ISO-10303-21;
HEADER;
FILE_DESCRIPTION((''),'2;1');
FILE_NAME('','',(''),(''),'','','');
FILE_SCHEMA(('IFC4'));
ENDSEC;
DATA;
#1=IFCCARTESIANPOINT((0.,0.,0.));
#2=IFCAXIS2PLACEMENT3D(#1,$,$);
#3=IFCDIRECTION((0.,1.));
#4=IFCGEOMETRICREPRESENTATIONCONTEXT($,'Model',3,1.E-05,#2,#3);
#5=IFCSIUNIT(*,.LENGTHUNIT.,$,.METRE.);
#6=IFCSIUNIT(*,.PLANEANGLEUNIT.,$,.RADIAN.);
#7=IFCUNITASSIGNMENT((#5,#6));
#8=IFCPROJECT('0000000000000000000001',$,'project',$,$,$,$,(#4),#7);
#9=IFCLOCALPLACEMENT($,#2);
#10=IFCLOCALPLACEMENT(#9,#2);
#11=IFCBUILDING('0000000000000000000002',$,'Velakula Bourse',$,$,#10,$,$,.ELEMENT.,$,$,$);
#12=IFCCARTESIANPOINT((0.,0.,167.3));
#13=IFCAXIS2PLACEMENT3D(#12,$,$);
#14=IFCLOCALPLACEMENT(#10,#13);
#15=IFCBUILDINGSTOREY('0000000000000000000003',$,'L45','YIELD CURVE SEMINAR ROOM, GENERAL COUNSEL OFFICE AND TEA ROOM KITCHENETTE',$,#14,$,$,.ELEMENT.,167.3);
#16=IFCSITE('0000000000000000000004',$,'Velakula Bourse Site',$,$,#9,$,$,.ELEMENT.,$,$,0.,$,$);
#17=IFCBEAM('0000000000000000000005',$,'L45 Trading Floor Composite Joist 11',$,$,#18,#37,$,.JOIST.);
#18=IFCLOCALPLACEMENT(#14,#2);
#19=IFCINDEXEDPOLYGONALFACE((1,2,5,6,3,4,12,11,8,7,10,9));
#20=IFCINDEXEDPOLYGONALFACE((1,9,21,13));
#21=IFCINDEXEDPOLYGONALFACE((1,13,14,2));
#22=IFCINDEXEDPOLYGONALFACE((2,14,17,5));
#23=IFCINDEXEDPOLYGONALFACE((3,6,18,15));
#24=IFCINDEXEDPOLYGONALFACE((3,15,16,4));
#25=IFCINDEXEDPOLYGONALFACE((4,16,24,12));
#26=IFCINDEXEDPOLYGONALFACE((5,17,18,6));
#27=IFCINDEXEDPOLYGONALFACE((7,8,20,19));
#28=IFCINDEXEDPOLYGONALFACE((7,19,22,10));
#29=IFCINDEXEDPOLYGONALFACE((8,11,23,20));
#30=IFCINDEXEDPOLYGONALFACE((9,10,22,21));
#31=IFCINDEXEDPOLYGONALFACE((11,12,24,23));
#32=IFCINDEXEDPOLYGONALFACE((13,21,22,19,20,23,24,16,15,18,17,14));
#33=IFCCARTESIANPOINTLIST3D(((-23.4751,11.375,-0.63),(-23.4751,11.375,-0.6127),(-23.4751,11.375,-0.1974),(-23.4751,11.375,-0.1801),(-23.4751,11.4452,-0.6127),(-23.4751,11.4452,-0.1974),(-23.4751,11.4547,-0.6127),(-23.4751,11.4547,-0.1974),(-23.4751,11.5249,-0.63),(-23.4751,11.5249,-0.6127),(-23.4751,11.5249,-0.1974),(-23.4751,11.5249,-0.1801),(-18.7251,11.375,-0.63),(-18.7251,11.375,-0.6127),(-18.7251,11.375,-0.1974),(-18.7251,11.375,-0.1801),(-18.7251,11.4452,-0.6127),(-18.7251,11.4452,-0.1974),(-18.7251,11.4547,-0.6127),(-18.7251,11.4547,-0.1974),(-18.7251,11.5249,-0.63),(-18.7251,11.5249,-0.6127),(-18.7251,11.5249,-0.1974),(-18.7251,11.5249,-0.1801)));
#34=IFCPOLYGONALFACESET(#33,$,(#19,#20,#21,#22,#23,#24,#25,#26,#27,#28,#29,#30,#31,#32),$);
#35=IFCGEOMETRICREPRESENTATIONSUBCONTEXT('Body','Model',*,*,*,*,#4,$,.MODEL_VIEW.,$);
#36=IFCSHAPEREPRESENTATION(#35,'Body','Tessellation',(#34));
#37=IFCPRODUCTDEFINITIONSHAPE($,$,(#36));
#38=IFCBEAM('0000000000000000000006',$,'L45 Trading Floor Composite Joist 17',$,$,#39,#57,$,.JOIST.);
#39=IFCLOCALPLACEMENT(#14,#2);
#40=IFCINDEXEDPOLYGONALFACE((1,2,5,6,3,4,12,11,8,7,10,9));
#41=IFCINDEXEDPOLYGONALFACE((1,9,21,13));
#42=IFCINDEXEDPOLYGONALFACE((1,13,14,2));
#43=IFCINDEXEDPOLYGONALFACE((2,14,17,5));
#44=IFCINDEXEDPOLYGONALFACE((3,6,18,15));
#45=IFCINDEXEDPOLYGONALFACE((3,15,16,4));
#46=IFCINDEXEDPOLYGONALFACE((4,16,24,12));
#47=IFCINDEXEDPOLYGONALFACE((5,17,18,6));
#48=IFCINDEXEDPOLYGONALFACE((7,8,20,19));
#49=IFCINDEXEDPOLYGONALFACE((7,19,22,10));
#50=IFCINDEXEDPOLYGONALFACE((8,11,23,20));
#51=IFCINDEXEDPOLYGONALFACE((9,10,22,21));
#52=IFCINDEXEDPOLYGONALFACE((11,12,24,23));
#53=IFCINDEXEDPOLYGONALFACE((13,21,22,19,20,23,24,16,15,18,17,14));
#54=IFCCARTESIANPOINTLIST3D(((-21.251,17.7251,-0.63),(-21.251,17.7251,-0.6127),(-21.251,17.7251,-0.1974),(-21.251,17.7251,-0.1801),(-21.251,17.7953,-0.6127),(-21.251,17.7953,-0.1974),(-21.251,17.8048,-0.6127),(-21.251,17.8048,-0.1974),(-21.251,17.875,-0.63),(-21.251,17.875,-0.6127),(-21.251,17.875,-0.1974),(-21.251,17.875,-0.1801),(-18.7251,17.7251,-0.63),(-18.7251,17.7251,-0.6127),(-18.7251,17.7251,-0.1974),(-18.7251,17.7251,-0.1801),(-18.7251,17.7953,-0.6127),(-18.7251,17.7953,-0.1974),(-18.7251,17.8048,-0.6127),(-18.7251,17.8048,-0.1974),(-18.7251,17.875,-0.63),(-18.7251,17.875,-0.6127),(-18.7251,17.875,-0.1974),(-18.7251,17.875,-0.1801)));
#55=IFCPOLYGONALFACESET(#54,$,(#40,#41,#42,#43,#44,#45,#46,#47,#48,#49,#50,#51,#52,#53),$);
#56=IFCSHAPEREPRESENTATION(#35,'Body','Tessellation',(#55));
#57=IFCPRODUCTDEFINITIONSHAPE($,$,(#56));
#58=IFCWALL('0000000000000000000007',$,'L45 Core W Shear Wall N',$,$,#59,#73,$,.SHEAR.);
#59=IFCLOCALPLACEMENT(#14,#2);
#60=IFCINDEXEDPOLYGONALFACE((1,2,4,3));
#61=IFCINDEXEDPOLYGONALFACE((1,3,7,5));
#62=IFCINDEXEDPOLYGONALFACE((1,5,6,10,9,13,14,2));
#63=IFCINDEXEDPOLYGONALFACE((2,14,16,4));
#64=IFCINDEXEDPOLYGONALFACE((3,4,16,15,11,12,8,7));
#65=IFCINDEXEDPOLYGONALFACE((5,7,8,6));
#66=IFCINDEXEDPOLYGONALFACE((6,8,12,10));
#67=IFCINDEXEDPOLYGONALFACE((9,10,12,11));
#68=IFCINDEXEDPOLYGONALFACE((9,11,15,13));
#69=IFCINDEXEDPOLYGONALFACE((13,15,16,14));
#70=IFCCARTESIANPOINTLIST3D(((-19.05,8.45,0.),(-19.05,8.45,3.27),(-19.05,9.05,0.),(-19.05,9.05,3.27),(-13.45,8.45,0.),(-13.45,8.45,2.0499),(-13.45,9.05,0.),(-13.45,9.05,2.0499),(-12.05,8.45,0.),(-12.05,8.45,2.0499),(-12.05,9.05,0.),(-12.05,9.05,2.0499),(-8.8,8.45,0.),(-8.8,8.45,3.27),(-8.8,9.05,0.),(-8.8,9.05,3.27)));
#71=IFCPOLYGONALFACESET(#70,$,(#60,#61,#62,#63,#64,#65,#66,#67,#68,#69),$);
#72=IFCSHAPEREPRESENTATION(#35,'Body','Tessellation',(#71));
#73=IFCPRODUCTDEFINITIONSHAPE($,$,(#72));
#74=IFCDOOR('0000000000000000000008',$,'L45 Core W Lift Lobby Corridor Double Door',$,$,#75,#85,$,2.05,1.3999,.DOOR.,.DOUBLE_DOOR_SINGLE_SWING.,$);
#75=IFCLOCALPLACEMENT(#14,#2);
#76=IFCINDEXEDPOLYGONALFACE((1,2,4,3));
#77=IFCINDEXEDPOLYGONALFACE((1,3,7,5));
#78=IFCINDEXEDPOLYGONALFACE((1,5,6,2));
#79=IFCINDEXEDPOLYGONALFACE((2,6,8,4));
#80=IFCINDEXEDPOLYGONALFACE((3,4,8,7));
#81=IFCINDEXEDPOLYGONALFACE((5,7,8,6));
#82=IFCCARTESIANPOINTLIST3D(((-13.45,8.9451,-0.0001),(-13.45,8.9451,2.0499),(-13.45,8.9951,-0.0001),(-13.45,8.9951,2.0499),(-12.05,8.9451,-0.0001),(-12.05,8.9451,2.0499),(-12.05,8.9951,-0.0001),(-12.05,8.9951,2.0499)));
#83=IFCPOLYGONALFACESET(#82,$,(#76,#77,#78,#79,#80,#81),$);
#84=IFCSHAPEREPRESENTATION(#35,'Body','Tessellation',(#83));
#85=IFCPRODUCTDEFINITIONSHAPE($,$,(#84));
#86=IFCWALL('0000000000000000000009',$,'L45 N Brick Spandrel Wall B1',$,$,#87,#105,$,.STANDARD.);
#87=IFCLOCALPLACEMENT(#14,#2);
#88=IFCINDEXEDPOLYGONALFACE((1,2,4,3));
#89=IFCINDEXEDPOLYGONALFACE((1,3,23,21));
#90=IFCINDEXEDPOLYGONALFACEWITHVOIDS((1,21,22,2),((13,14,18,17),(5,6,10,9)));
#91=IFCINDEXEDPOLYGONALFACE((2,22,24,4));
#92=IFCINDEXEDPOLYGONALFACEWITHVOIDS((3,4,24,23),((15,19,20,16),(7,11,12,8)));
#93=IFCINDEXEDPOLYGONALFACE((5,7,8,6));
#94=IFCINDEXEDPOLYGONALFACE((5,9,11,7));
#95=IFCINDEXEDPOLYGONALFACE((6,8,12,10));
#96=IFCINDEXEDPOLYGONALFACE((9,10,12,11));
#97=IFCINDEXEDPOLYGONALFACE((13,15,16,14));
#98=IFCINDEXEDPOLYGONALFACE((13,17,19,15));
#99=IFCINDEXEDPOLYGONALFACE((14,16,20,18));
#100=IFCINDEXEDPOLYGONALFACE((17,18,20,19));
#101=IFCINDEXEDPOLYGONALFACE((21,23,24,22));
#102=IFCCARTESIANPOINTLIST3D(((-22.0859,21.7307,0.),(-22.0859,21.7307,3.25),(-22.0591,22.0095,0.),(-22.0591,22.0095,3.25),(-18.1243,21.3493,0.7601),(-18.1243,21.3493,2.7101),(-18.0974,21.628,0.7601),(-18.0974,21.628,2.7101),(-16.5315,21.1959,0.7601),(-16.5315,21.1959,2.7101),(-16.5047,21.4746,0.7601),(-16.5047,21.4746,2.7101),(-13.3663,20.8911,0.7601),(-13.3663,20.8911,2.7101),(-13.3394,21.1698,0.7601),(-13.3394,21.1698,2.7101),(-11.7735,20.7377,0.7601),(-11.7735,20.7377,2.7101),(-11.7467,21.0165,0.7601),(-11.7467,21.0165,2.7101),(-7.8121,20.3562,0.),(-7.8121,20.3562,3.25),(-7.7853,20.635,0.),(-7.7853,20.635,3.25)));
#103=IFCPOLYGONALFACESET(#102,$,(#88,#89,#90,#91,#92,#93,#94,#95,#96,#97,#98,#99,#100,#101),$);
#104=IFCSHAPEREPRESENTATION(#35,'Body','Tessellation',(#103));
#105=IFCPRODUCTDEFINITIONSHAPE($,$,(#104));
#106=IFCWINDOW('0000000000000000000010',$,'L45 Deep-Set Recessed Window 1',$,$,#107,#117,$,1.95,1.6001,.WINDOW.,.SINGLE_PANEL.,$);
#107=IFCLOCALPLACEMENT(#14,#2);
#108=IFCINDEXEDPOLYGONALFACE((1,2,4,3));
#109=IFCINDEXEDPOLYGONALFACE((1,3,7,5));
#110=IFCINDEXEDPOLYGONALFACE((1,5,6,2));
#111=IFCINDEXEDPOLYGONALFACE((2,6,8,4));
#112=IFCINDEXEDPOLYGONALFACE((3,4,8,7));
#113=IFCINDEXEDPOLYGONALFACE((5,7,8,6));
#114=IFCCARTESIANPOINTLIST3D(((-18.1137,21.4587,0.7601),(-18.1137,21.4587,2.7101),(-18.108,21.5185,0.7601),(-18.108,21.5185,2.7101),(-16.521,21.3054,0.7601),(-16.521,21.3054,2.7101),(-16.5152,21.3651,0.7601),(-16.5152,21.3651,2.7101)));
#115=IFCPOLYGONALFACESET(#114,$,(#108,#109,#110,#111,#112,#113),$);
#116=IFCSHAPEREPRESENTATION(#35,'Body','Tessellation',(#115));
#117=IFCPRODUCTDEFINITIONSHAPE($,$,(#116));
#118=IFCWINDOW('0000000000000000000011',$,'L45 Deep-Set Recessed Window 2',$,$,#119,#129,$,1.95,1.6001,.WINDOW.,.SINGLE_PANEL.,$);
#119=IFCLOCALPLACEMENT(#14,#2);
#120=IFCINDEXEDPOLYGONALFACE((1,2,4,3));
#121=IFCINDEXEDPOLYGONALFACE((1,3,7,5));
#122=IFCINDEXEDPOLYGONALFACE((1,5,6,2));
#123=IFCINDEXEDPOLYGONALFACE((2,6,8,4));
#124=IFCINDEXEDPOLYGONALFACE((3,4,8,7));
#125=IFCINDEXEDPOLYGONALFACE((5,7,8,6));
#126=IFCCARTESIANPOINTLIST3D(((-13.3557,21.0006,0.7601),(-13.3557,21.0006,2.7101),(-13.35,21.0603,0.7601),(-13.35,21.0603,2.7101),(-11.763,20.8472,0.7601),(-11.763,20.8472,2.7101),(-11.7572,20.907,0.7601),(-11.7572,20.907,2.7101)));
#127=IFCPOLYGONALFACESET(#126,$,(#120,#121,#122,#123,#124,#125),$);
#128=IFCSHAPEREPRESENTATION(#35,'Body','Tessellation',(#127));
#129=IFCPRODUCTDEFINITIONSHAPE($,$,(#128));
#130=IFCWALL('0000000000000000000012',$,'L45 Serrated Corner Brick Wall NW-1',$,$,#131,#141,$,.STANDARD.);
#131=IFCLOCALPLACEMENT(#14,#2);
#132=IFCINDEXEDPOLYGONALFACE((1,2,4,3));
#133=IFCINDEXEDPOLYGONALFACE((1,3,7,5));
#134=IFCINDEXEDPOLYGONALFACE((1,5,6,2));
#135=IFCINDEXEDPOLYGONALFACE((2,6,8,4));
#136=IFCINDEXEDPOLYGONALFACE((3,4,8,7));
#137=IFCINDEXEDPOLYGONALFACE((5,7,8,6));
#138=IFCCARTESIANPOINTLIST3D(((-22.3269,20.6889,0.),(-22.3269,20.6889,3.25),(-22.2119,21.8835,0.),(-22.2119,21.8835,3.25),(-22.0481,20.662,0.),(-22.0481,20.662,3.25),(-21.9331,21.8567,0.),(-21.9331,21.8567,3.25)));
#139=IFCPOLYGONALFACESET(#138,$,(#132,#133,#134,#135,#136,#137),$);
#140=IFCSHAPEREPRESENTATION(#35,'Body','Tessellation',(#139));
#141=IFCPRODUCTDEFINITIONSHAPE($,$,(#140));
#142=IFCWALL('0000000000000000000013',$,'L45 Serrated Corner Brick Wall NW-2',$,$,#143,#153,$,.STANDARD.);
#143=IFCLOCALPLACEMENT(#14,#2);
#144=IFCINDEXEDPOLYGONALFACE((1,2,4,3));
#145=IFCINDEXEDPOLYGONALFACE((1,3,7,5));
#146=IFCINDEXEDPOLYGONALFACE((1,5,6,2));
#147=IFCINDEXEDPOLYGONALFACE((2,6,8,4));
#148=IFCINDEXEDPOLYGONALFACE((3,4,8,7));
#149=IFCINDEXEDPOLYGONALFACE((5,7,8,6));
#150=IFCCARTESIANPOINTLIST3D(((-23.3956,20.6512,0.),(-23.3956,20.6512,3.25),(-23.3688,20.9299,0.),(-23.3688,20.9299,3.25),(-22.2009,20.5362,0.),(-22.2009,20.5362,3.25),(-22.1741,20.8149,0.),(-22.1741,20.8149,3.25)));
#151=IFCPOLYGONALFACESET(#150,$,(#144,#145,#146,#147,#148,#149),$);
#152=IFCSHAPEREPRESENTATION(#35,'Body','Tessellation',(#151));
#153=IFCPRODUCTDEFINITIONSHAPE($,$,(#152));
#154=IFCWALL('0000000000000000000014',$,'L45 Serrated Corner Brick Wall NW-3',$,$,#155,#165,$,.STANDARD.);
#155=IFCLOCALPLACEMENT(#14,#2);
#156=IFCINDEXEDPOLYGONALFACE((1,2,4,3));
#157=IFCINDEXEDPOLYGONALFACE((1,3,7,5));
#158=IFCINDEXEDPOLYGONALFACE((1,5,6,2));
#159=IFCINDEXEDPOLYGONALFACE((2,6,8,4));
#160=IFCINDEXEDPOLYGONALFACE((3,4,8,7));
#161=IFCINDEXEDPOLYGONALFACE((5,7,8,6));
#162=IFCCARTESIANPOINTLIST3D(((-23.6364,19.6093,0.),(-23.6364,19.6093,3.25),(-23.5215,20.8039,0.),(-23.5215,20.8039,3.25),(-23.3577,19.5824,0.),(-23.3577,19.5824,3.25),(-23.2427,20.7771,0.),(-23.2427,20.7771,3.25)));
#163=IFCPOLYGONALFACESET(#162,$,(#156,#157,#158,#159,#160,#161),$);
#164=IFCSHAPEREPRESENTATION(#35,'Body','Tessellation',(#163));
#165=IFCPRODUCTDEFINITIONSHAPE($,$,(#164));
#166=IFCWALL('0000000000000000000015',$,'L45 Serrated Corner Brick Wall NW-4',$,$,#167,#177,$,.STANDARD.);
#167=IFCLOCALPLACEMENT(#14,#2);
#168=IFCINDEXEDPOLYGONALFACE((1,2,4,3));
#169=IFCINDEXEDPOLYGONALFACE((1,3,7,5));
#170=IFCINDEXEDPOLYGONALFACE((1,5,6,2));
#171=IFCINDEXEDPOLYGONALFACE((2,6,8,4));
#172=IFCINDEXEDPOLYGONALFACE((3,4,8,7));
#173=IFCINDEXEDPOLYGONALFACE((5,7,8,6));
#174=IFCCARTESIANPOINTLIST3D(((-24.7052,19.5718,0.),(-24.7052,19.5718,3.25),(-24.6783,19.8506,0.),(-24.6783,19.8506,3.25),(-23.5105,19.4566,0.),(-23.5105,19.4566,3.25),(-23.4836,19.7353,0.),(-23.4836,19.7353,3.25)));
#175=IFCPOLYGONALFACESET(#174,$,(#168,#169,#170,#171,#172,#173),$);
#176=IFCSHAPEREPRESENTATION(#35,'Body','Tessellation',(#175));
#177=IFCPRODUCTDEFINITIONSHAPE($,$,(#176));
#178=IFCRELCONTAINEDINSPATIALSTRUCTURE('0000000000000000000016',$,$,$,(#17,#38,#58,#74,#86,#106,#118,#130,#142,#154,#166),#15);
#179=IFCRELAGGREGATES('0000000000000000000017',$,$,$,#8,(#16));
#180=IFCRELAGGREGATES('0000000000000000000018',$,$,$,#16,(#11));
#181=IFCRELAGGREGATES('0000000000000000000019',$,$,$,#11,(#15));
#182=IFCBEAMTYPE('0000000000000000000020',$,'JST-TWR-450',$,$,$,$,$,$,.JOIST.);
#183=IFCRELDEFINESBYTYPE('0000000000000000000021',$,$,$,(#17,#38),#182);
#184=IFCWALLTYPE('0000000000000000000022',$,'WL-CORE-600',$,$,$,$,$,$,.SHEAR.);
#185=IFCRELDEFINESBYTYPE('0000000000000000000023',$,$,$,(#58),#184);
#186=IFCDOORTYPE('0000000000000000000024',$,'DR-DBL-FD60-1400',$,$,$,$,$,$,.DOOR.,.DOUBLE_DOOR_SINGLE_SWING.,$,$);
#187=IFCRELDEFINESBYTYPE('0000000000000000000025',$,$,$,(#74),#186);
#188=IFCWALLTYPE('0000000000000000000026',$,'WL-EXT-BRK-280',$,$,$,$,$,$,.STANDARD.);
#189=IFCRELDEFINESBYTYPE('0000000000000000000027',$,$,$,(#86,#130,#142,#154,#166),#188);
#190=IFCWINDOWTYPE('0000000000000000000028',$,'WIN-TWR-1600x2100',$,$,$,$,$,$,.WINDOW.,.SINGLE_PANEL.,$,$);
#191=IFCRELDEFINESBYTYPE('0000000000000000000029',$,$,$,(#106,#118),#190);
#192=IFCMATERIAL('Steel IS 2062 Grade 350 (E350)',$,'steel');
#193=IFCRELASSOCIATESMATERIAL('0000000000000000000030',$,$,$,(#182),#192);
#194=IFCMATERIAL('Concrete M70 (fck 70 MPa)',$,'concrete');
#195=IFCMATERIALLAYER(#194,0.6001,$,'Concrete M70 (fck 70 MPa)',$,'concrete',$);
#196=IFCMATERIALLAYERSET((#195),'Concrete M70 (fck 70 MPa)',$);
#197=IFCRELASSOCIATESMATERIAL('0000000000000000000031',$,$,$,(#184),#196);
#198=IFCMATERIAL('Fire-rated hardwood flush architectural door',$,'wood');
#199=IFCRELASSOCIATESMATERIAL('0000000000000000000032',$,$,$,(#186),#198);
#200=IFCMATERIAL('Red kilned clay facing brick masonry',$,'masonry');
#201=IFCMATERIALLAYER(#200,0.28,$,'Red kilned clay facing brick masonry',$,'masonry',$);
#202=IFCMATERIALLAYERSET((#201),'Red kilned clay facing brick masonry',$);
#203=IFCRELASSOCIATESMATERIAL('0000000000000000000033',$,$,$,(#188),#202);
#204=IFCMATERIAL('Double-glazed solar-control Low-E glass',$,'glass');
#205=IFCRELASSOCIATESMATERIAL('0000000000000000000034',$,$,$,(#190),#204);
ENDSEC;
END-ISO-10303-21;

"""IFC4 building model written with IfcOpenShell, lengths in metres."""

from ifc_helpers import new_model, si_unit, direction, frame, frame_2d, origin, origin_2d, place, context, subcontext, project, spatial, rectangle, i_section, extrude, material, layer, layer_set, material_profile, profile_set, type_object, element, fill, save


model = new_model("IFC4")

# Units and contexts
model_context = context("Model", 3, precision=1e-05, world=origin(), true_north=direction((0.0, 1.0)))
body_context = subcontext(model_context, "Body", "Model", "MODEL_VIEW")
ifc_project = project(units=[si_unit("LENGTHUNIT", "METRE"), si_unit("PLANEANGLEUNIT", "RADIAN")], contexts=[model_context])

# Site, building, storey
site_placement = place(None, origin())
site = spatial("IfcSite", under=ifc_project, at=site_placement, Name="Velakula Bourse Site", CompositionType="ELEMENT", RefElevation=0.0)
building_placement = place(site_placement, origin())
building = spatial("IfcBuilding", under=site, at=building_placement, Name="Velakula Bourse", CompositionType="ELEMENT")
storey_placement = place(building_placement, frame((0.0, 0.0, 167.3)))
storey = spatial("IfcBuildingStorey", under=building, at=storey_placement, Name="L45", Description="YIELD CURVE SEMINAR ROOM, GENERAL COUNSEL OFFICE AND TEA ROOM KITCHENETTE", CompositionType="ELEMENT", Elevation=167.3)

# Shared definitions
ifc_material_1 = material(Name="Steel IS 2062 Grade 350 (E350)", Category="steel")

# Beams
ifc_material_profile_1 = material_profile(ifc_material_1, i_section(OverallWidth=0.1499, OverallDepth=0.45, WebThickness=0.0095, FlangeThickness=0.0173, at=origin_2d()), Name="Steel IS 2062 Grade 350 (E350)")
ifc_profile_set_1 = profile_set([ifc_material_profile_1], Name="Steel IS 2062 Grade 350 (E350)")
beam_type_1 = type_object("IfcBeamType", Name="JST-TWR-450", PredefinedType="JOIST", material=ifc_profile_set_1)
beam_1_placement = place(storey_placement, frame((-23.4751, 11.45, -0.405), z_axis=(1.0, 0.0, 0.0), x_axis=(0.0, 1.0, 0.0)))
element("IfcBeam", 1, at=beam_1_placement, inside=storey, type_object=beam_type_1, Name="L45 Trading Floor Composite Joist 11", PredefinedType="JOIST", context=body_context, shape_type="SweptSolid", body=[
    extrude(i_section(OverallWidth=0.1499, OverallDepth=0.45, WebThickness=0.0095, FlangeThickness=0.0173, at=origin_2d()), origin(), (0.0, 0.0, 1.0), 4.75),
])
beam_2_placement = place(storey_placement, frame((-21.251, 17.8, -0.405), z_axis=(1.0, 0.0, 0.0), x_axis=(0.0, 1.0, 0.0)))
element("IfcBeam", 2, at=beam_2_placement, inside=storey, type_object=beam_type_1, Name="L45 Trading Floor Composite Joist 17", PredefinedType="JOIST", context=body_context, shape_type="SweptSolid", body=[
    extrude(i_section(OverallWidth=0.1499, OverallDepth=0.45, WebThickness=0.0095, FlangeThickness=0.0173, at=origin_2d()), origin(), (0.0, 0.0, 1.0), 2.5259),
])

# Wall, opening, door
ifc_material_2 = material(Name="Concrete M70 (fck 70 MPa)", Category="concrete")
ifc_layer_1 = layer(ifc_material_2, 0.6001, Name="Concrete M70 (fck 70 MPa)", Category="concrete")
ifc_layer_set_1 = layer_set([ifc_layer_1], Name="Concrete M70 (fck 70 MPa)")
wall_type_1 = type_object("IfcWallType", Name="WL-CORE-600", PredefinedType="SHEAR", material=ifc_layer_set_1)
wall_1_placement = place(storey_placement, frame((-19.05, 8.75, 0.0), z_axis=(0.0, 0.0, 1.0), x_axis=(1.0, 0.0, 0.0)))
wall_1 = element("IfcWall", 3, at=wall_1_placement, inside=storey, type_object=wall_type_1, Name="L45 Core W Shear Wall N", PredefinedType="SHEAR", context=body_context, shape_type="SweptSolid", body=[
    extrude(rectangle(XDim=10.25, YDim=0.6001, at=frame_2d((5.125, 0.0))), origin(), (0.0, 0.0, 1.0), 3.27),
])
opening_1_placement = place(wall_1_placement, frame((5.6001, 0.0, 0.0)))
opening_1 = element("IfcOpeningElement", 4, at=opening_1_placement, cuts=wall_1, PredefinedType="OPENING", context=body_context, shape_type="SweptSolid", body=[
    extrude(rectangle(XDim=1.3999, YDim=2.05, at=frame_2d((0.7, 1.0249))), frame((0.0, 0.3101, 0.0), z_axis=(0.0, -1.0, 0.0), x_axis=(1.0, 0.0, 0.0)), (0.0, 0.0, 1.0), 0.6201),
])
ifc_material_3 = material(Name="Fire-rated hardwood flush architectural door", Category="wood")
door_type_1 = type_object("IfcDoorType", Name="DR-DBL-FD60-1400", OperationType="DOUBLE_DOOR_SINGLE_SWING", PredefinedType="DOOR", material=ifc_material_3)
door_1_placement = place(opening_1_placement, origin())
door_1 = element("IfcDoor", 5, at=door_1_placement, inside=storey, type_object=door_type_1, Name="L45 Core W Lift Lobby Corridor Double Door", OperationType="DOUBLE_DOOR_SINGLE_SWING", OverallHeight=2.05, OverallWidth=1.3999, PredefinedType="DOOR", context=body_context, shape_type="SweptSolid", body=[
    extrude(rectangle(XDim=1.3999, YDim=2.05, at=frame_2d((0.7, 1.0249))), frame((0.0, 0.2451, 0.0), z_axis=(0.0, -1.0, 0.0), x_axis=(1.0, 0.0, 0.0)), (0.0, 0.0, 1.0), 0.05),
])
fill(opening_1, door_1)

# Wall, openings, windows
ifc_material_4 = material(Name="Red kilned clay facing brick masonry", Category="masonry")
ifc_layer_2 = layer(ifc_material_4, 0.28, Name="Red kilned clay facing brick masonry", Category="masonry")
ifc_layer_set_2 = layer_set([ifc_layer_2], Name="Red kilned clay facing brick masonry")
wall_type_2 = type_object("IfcWallType", Name="WL-EXT-BRK-280", PredefinedType="STANDARD", material=ifc_layer_set_2)
wall_2_placement = place(storey_placement, frame((-22.0725, 21.8701, 0.0), z_axis=(0.0, 0.0, 1.0), x_axis=(0.995396, -0.095852, 0.0)))
wall_2 = element("IfcWall", 6, at=wall_2_placement, inside=storey, type_object=wall_type_2, Name="L45 N Brick Spandrel Wall B1", PredefinedType="STANDARD", context=body_context, shape_type="SweptSolid", body=[
    extrude(rectangle(XDim=14.3398, YDim=0.28, at=frame_2d((7.1699, 0.0))), origin(), (0.0, 0.0, 1.0), 3.25),
])
opening_2_placement = place(wall_2_placement, frame((3.98, 0.0, 0.76)))
opening_2 = element("IfcOpeningElement", 7, at=opening_2_placement, cuts=wall_2, PredefinedType="OPENING", context=body_context, shape_type="SweptSolid", body=[
    extrude(rectangle(XDim=1.6001, YDim=1.95, at=frame_2d((0.8, 0.9751))), frame((0.0, 0.1499, 0.0), z_axis=(0.0, -1.0, 0.0), x_axis=(1.0, 0.0, 0.0)), (0.0, 0.0, 1.0), 0.3),
])
opening_3_placement = place(wall_2_placement, frame((8.76, 0.0, 0.76)))
opening_3 = element("IfcOpeningElement", 8, at=opening_3_placement, cuts=wall_2, PredefinedType="OPENING", context=body_context, shape_type="SweptSolid", body=[
    extrude(rectangle(XDim=1.6001, YDim=1.95, at=frame_2d((0.8, 0.9751))), frame((0.0, 0.1499, 0.0), z_axis=(0.0, -1.0, 0.0), x_axis=(1.0, 0.0, 0.0)), (0.0, 0.0, 1.0), 0.3),
])
ifc_material_5 = material(Name="Double-glazed solar-control Low-E glass", Category="glass")
window_type = type_object("IfcWindowType", Name="WIN-TWR-1600x2100", PartitioningType="SINGLE_PANEL", PredefinedType="WINDOW", material=ifc_material_5)
window_1_placement = place(opening_2_placement, origin())
window_1 = element("IfcWindow", 9, at=window_1_placement, inside=storey, type_object=window_type, Name="L45 Deep-Set Recessed Window 1", OverallHeight=1.95, OverallWidth=1.6001, PartitioningType="SINGLE_PANEL", PredefinedType="WINDOW", context=body_context, shape_type="SweptSolid", body=[
    extrude(rectangle(XDim=1.6001, YDim=1.95, at=frame_2d((0.8, 0.9751))), frame((0.0, 0.03, 0.0), z_axis=(0.0, -1.0, 0.0), x_axis=(1.0, 0.0, 0.0)), (0.0, 0.0, 1.0), 0.0601),
])
fill(opening_2, window_1)
window_2_placement = place(opening_3_placement, origin())
window_2 = element("IfcWindow", 10, at=window_2_placement, inside=storey, type_object=window_type, Name="L45 Deep-Set Recessed Window 2", OverallHeight=1.95, OverallWidth=1.6001, PartitioningType="SINGLE_PANEL", PredefinedType="WINDOW", context=body_context, shape_type="SweptSolid", body=[
    extrude(rectangle(XDim=1.6001, YDim=1.95, at=frame_2d((0.8, 0.9751))), frame((0.0, 0.03, 0.0), z_axis=(0.0, -1.0, 0.0), x_axis=(1.0, 0.0, 0.0)), (0.0, 0.0, 1.0), 0.0601),
])
fill(opening_3, window_2)

# Walls
for number, where, z_axis, x_axis, name in (
    (11, (-22.0725, 21.8701, 0.0), (0.0, 0.0, 1.0), (-0.095817, -0.995399, 0.0), "L45 Serrated Corner Brick Wall NW-1"),
    (12, (-22.1875, 20.6755, 0.0), (0.0, 0.0, 1.0), (-0.995399, 0.095817, 0.0), "L45 Serrated Corner Brick Wall NW-2"),
    (13, (-23.3821, 20.7905, 0.0), (0.0, 0.0, 1.0), (-0.095817, -0.995399, 0.0), "L45 Serrated Corner Brick Wall NW-3"),
    (14, (-23.4971, 19.5959, 0.0), (0.0, 0.0, 1.0), (-0.99538, 0.096019, 0.0), "L45 Serrated Corner Brick Wall NW-4"),
):
    element("IfcWall", number, at=place(storey_placement, frame(where, z_axis=z_axis, x_axis=x_axis)), inside=storey, type_object=wall_type_2, Name=name, PredefinedType="STANDARD", context=body_context, shape_type="SweptSolid", body=[
        extrude(rectangle(XDim=1.2002, YDim=0.28, at=frame_2d((0.6001, 0.0))), origin(), (0.0, 0.0, 1.0), 3.25),
    ])

save(model, "model.ifc")
